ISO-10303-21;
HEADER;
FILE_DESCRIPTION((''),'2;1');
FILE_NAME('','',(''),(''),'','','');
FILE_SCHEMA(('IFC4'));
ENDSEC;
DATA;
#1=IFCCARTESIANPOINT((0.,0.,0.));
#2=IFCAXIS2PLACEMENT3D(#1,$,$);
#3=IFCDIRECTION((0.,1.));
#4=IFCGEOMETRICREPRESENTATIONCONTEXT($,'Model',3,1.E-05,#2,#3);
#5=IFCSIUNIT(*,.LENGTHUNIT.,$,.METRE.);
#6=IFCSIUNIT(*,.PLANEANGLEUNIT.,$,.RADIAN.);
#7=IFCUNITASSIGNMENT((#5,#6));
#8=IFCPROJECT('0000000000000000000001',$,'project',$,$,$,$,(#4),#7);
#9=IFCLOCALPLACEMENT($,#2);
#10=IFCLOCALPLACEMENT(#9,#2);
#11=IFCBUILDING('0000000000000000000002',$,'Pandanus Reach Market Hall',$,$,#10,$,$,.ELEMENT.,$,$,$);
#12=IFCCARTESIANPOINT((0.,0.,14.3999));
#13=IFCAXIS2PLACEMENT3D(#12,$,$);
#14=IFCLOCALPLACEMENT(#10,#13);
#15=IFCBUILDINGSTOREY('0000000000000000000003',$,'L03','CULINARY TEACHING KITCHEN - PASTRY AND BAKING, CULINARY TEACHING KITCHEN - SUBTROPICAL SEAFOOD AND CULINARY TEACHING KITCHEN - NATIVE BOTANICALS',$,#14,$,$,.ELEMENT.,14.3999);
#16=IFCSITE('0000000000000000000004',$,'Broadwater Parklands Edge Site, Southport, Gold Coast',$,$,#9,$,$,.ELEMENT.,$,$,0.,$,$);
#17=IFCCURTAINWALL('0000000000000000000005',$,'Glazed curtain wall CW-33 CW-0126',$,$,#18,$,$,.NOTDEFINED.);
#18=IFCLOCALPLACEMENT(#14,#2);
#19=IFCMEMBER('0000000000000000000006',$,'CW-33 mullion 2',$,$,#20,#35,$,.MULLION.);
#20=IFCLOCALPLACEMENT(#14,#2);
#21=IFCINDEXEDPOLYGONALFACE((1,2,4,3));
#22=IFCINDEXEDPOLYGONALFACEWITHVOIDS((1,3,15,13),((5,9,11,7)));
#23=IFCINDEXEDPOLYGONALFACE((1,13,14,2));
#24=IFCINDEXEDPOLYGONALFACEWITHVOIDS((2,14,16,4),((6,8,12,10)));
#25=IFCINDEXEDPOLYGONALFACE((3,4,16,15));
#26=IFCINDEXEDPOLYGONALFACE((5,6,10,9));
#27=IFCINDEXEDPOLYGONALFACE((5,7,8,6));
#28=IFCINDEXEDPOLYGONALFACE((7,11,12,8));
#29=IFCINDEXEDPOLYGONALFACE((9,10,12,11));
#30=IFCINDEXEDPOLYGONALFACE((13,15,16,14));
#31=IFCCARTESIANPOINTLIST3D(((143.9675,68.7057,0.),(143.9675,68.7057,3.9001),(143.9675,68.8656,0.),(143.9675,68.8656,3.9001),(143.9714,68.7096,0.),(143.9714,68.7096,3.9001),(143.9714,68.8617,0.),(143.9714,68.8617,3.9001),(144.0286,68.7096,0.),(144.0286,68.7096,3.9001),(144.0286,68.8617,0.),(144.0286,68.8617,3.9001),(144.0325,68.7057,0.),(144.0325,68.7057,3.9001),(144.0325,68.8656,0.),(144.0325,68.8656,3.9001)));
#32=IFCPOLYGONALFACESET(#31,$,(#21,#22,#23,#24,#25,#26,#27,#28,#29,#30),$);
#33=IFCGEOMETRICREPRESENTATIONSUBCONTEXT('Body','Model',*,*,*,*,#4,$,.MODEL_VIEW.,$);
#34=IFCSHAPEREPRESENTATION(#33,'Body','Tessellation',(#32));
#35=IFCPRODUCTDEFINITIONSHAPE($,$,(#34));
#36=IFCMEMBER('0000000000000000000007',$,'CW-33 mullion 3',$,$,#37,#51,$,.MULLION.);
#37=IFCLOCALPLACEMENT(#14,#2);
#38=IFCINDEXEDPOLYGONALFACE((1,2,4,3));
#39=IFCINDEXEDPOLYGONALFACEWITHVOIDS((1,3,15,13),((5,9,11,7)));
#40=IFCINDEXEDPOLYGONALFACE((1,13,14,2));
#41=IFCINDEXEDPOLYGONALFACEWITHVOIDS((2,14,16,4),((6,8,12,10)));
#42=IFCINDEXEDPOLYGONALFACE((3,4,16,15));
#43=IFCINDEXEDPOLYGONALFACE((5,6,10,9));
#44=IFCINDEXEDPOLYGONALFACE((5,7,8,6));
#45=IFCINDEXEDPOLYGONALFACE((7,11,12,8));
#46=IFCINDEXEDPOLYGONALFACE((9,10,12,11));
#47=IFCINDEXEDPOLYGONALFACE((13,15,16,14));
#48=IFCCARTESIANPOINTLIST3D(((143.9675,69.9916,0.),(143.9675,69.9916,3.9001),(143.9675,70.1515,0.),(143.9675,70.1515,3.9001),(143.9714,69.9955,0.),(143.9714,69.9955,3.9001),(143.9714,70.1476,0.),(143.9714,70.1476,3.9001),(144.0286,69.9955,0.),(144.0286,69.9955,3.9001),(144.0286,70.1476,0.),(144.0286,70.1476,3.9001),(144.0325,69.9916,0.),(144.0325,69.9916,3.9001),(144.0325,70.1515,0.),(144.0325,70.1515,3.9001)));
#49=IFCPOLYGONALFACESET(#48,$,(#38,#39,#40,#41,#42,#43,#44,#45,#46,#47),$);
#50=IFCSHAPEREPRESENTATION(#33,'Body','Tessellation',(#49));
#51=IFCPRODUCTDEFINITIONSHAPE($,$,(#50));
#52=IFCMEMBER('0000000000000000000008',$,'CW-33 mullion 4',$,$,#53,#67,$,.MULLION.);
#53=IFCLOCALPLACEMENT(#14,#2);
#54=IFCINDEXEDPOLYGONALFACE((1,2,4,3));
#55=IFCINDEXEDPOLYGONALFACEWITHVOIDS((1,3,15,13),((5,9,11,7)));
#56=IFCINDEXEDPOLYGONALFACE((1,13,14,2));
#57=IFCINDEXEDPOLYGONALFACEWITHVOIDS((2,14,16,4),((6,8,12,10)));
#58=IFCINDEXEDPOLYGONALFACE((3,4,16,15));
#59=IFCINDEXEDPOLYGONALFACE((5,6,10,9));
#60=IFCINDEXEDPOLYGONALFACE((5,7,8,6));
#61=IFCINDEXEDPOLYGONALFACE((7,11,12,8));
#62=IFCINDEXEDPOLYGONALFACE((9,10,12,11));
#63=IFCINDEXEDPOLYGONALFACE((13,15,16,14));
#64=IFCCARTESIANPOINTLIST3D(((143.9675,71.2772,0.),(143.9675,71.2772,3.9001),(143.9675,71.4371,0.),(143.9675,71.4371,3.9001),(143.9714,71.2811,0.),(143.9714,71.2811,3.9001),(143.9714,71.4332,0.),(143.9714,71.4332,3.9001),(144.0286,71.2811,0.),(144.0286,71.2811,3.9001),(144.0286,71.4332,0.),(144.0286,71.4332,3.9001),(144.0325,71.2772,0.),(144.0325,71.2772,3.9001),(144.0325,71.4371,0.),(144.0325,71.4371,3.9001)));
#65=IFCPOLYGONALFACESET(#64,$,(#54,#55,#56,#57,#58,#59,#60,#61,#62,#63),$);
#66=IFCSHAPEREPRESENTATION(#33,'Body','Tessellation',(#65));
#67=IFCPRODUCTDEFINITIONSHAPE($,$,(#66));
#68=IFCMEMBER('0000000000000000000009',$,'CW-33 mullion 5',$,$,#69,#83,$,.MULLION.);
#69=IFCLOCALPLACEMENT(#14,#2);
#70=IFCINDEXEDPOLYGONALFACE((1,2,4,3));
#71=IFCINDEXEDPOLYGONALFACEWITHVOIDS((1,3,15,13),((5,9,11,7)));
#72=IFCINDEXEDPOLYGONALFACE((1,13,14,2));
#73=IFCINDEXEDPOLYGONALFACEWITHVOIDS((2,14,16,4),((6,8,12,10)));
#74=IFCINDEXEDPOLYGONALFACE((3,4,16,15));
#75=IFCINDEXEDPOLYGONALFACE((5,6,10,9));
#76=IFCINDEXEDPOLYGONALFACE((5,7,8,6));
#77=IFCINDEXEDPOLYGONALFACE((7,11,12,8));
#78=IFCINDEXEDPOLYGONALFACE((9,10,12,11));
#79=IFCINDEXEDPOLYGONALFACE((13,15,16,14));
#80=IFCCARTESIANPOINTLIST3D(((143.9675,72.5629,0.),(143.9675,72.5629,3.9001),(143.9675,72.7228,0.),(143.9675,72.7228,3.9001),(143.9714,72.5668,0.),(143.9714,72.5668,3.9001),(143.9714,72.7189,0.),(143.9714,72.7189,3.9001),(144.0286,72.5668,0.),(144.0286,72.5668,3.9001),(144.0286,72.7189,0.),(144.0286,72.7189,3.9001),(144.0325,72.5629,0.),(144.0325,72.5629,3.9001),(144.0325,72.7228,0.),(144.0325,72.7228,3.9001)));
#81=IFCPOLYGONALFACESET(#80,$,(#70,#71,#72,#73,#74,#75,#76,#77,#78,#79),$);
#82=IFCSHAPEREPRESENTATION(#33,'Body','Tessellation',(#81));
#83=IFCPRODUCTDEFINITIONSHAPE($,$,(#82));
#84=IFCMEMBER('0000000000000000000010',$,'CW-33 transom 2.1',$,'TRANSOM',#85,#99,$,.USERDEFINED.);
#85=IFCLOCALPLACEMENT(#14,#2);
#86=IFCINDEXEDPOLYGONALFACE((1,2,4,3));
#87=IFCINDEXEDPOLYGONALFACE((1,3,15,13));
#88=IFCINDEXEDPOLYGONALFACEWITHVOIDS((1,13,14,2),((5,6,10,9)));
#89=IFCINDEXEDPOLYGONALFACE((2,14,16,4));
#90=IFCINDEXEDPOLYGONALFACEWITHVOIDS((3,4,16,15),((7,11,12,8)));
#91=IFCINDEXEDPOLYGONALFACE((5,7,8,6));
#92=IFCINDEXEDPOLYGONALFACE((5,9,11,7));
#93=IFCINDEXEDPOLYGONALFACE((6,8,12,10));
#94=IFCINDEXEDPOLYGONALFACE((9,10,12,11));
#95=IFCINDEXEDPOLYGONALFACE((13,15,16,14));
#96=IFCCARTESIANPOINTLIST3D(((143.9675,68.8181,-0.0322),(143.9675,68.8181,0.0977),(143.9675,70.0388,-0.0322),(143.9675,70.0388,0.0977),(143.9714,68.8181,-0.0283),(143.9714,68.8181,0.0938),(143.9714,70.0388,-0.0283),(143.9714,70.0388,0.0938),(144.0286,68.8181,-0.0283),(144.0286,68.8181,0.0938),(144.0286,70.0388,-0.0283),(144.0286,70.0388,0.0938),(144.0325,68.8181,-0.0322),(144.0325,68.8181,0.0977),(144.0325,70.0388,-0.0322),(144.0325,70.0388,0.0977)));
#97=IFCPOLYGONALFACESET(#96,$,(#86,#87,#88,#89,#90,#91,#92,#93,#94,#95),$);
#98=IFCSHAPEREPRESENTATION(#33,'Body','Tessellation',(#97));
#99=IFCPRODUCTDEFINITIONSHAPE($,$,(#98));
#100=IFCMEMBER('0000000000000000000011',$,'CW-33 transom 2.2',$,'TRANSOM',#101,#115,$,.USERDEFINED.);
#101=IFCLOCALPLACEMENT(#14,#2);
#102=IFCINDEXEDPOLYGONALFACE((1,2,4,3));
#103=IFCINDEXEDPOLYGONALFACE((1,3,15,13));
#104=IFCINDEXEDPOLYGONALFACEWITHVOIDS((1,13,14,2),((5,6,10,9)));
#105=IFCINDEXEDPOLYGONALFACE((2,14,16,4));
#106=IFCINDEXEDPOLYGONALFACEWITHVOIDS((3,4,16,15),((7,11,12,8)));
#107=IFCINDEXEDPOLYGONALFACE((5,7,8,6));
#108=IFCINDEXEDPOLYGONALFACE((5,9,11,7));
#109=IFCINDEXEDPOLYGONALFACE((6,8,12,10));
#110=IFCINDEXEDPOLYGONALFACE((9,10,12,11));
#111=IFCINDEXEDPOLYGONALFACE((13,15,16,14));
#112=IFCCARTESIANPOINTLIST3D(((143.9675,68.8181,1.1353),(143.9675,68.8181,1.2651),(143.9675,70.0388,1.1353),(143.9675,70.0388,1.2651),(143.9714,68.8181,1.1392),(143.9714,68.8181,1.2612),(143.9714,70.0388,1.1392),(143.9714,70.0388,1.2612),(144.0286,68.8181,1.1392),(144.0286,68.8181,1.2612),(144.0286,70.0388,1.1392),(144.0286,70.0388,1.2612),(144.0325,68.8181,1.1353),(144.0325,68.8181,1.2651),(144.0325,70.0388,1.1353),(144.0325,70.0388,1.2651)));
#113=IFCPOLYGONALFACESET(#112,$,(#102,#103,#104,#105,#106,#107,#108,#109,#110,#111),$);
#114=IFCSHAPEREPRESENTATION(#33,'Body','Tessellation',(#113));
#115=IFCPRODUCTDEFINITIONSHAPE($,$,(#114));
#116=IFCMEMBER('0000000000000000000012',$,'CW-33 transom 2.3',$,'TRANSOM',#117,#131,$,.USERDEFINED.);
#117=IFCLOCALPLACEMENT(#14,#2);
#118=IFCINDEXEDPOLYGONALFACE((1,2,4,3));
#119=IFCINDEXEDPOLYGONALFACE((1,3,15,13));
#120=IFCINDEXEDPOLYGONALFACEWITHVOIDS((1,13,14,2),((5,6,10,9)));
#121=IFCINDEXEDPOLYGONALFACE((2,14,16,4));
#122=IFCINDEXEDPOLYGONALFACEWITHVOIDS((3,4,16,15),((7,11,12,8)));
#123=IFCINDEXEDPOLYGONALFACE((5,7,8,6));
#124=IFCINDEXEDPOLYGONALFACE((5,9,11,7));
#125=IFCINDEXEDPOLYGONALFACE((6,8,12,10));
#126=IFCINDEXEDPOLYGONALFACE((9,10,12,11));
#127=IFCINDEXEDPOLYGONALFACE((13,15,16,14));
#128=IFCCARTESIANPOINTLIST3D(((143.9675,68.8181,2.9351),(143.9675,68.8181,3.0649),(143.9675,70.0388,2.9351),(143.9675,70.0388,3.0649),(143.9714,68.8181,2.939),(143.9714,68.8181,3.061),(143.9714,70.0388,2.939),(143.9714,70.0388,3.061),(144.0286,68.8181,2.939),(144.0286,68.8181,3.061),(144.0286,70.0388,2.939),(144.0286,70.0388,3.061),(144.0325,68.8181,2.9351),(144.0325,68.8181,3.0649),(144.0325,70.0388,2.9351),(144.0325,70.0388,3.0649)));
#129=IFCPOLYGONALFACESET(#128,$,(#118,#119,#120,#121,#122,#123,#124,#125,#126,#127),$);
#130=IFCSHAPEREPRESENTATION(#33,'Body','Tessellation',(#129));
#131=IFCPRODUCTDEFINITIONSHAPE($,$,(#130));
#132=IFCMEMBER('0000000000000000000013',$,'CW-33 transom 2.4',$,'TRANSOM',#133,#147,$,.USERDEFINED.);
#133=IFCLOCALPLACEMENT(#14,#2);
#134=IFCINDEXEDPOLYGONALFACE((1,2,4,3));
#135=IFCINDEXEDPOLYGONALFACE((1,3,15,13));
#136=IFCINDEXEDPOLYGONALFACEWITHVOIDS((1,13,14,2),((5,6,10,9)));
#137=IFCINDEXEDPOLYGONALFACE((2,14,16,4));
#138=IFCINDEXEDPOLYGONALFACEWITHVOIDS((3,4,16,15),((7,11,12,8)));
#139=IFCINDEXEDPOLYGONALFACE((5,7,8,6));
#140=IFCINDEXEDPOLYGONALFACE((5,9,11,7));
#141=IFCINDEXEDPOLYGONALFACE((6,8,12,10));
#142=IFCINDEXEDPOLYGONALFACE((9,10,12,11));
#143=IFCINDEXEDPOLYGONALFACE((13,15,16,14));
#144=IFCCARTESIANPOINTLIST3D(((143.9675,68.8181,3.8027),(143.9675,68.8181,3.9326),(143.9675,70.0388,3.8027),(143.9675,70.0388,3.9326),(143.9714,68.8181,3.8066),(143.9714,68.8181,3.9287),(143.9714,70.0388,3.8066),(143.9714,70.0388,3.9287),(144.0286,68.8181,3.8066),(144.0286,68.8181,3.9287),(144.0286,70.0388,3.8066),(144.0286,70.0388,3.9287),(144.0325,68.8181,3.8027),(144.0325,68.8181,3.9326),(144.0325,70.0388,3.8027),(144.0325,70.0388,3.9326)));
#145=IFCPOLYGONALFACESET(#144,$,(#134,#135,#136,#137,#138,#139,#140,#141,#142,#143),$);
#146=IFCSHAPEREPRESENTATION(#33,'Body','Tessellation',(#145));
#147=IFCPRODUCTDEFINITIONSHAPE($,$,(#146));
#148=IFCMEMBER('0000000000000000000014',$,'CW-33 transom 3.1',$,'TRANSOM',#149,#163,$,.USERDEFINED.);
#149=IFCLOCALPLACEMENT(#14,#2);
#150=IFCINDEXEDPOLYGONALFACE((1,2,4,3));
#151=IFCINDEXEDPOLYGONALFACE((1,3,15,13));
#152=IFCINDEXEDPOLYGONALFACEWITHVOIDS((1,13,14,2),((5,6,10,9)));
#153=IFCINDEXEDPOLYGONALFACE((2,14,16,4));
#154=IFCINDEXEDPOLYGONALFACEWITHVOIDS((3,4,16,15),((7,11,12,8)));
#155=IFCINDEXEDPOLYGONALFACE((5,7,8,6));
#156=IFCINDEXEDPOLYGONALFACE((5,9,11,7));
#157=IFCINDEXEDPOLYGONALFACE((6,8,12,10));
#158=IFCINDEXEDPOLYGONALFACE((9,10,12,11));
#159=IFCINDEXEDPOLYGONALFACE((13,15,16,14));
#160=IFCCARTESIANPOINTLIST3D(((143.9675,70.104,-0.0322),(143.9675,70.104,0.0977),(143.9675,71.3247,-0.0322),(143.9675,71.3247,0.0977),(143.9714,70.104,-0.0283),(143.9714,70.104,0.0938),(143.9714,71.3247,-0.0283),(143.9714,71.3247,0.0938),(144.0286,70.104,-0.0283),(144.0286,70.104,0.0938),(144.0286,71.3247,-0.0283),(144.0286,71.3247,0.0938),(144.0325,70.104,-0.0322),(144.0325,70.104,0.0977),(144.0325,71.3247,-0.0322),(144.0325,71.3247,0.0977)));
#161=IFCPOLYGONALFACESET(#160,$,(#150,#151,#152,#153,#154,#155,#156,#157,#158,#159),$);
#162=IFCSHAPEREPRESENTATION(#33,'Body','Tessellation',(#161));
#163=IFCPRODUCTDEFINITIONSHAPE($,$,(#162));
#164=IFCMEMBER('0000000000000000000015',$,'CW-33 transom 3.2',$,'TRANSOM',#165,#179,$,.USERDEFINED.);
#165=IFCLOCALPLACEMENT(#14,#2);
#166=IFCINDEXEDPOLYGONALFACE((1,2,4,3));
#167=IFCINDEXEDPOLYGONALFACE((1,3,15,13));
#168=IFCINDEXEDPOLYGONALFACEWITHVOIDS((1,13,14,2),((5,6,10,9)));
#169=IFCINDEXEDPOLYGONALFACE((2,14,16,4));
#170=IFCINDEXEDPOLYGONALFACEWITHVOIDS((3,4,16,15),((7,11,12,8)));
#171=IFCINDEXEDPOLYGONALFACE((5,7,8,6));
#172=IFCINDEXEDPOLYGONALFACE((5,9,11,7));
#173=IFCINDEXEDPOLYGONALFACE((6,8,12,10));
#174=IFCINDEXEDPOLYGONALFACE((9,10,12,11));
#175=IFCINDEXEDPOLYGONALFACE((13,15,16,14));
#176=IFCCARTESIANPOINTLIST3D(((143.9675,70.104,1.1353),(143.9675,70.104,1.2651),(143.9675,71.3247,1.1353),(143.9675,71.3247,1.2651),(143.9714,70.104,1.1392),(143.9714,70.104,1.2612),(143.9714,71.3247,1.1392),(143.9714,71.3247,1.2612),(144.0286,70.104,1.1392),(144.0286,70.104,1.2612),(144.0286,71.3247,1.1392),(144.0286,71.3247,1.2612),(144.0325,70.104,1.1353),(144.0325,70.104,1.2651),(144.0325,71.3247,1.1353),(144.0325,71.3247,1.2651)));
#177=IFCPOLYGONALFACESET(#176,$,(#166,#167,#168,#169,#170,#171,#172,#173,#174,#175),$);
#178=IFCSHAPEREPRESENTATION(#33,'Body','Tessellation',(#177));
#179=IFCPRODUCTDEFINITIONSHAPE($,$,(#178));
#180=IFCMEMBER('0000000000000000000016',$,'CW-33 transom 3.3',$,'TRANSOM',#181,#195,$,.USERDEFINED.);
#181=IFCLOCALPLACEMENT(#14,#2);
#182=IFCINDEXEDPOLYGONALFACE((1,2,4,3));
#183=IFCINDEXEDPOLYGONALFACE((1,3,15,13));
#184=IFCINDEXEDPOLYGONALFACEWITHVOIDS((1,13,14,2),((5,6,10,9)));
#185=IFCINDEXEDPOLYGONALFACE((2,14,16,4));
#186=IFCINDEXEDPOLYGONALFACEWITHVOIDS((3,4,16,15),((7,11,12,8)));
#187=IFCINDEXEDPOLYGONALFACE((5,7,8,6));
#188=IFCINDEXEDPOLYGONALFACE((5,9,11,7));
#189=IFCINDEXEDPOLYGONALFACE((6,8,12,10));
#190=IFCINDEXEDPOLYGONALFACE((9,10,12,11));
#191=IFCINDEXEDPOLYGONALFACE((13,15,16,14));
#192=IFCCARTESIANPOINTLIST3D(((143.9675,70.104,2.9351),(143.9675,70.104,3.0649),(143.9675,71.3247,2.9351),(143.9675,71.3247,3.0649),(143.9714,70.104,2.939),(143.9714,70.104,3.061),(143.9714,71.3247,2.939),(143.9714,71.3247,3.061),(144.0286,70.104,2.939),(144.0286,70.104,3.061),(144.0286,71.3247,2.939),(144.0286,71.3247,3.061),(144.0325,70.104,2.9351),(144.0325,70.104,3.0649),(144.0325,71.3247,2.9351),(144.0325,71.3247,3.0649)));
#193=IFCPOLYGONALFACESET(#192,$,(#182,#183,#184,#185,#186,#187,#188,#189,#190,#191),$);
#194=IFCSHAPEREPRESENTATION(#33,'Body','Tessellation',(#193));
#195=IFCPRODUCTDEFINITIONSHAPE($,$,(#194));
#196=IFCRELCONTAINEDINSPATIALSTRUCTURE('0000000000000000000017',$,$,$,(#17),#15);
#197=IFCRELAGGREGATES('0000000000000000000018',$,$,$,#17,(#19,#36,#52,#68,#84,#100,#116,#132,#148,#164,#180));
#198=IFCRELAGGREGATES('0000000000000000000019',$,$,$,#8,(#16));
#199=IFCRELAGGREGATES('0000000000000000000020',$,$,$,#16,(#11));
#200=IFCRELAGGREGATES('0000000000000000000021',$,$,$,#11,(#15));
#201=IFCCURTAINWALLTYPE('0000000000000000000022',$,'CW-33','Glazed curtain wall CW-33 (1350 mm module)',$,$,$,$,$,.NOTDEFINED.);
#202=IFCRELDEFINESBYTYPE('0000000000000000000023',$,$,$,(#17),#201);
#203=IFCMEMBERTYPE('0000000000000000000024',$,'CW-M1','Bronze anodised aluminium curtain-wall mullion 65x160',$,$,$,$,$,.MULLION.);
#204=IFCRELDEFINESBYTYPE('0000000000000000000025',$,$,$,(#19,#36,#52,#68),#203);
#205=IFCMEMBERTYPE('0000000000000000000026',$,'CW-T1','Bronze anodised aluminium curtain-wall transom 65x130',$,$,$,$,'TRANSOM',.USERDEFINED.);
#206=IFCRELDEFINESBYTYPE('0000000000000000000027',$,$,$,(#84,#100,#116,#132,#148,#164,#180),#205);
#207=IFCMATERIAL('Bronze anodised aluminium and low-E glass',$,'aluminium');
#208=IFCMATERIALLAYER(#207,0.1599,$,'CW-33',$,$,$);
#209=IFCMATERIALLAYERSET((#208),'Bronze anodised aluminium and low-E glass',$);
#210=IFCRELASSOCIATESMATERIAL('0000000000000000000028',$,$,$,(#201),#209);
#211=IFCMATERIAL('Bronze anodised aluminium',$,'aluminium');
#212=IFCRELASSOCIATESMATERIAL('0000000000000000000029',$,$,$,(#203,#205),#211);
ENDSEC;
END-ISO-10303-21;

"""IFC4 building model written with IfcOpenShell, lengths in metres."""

from ifc_helpers import new_model, si_unit, direction, frame, origin, origin_2d, place, context, subcontext, project, spatial, hollow_rectangle, extrude, material, layer, layer_set, material_profile, profile_set, type_object, element, aggregate, save


model = new_model("IFC4")

# Units and contexts
model_context = context("Model", 3, precision=1e-05, world=origin(), true_north=direction((0.0, 1.0)))
body_context = subcontext(model_context, "Body", "Model", "MODEL_VIEW")
ifc_project = project(units=[si_unit("LENGTHUNIT", "METRE"), si_unit("PLANEANGLEUNIT", "RADIAN")], contexts=[model_context])

# Site, building, storey
site_placement = place(None, origin())
site = spatial("IfcSite", under=ifc_project, at=site_placement, Name="Broadwater Parklands Edge Site, Southport, Gold Coast", CompositionType="ELEMENT", RefElevation=0.0)
building_placement = place(site_placement, origin())
building = spatial("IfcBuilding", under=site, at=building_placement, Name="Pandanus Reach Market Hall", CompositionType="ELEMENT")
storey_placement = place(building_placement, frame((0.0, 0.0, 14.3999)))
storey = spatial("IfcBuildingStorey", under=building, at=storey_placement, Name="L03", Description="CULINARY TEACHING KITCHEN - PASTRY AND BAKING, CULINARY TEACHING KITCHEN - SUBTROPICAL SEAFOOD AND CULINARY TEACHING KITCHEN - NATIVE BOTANICALS", CompositionType="ELEMENT", Elevation=14.3999)

# Curtain wall, members
ifc_material_1 = material(Name="Bronze anodised aluminium and low-E glass", Category="aluminium")
ifc_layer_1 = layer(ifc_material_1, 0.1599, Name="CW-33")
ifc_layer_set_1 = layer_set([ifc_layer_1], Name="Bronze anodised aluminium and low-E glass")
curtain_wall_type = type_object("IfcCurtainWallType", Name="CW-33", Description="Glazed curtain wall CW-33 (1350 mm module)", PredefinedType="NOTDEFINED", material=ifc_layer_set_1)
curtain_wall_placement = place(storey_placement, origin())
curtain_wall = element("IfcCurtainWall", 1, at=curtain_wall_placement, inside=storey, type_object=curtain_wall_type, Name="Glazed curtain wall CW-33 CW-0126", PredefinedType="NOTDEFINED")
ifc_material_2 = material(Name="Bronze anodised aluminium", Category="aluminium")
ifc_material_profile_1 = material_profile(ifc_material_2, hollow_rectangle(XDim=0.0649, YDim=0.1599, WallThickness=0.0039, at=origin_2d()), Name="ALU65x160", Category="LoadBearing")
ifc_profile_set_1 = profile_set([ifc_material_profile_1], Name="Bronze anodised aluminium")
member_type_1 = type_object("IfcMemberType", Name="CW-M1", Description="Bronze anodised aluminium curtain-wall mullion 65x160", PredefinedType="MULLION", material=ifc_profile_set_1)
member_1_placement = place(storey_placement, frame((144.0, 68.7856, 0.0), z_axis=(0.0, 0.0, 1.0), x_axis=(-1.0, 0.0, 0.0)))
member_1 = element("IfcMember", 2, at=member_1_placement, type_object=member_type_1, Name="CW-33 mullion 2", PredefinedType="MULLION", context=body_context, shape_type="SweptSolid", body=[
    extrude(hollow_rectangle(XDim=0.0649, YDim=0.1599, WallThickness=0.0039, at=origin_2d()), origin(), (0.0, 0.0, 1.0), 3.9001),
])
member_2_placement = place(storey_placement, frame((144.0, 70.0715, 0.0), z_axis=(0.0, 0.0, 1.0), x_axis=(-1.0, 0.0, 0.0)))
member_2 = element("IfcMember", 3, at=member_2_placement, type_object=member_type_1, Name="CW-33 mullion 3", PredefinedType="MULLION", context=body_context, shape_type="SweptSolid", body=[
    extrude(hollow_rectangle(XDim=0.0649, YDim=0.1599, WallThickness=0.0039, at=origin_2d()), origin(), (0.0, 0.0, 1.0), 3.9001),
])
member_3_placement = place(storey_placement, frame((144.0, 71.3572, 0.0), z_axis=(0.0, 0.0, 1.0), x_axis=(-1.0, 0.0, 0.0)))
member_3 = element("IfcMember", 4, at=member_3_placement, type_object=member_type_1, Name="CW-33 mullion 4", PredefinedType="MULLION", context=body_context, shape_type="SweptSolid", body=[
    extrude(hollow_rectangle(XDim=0.0649, YDim=0.1599, WallThickness=0.0039, at=origin_2d()), origin(), (0.0, 0.0, 1.0), 3.9001),
])
member_4_placement = place(storey_placement, frame((144.0, 72.6428, 0.0), z_axis=(0.0, 0.0, 1.0), x_axis=(-1.0, 0.0, 0.0)))
member_4 = element("IfcMember", 5, at=member_4_placement, type_object=member_type_1, Name="CW-33 mullion 5", PredefinedType="MULLION", context=body_context, shape_type="SweptSolid", body=[
    extrude(hollow_rectangle(XDim=0.0649, YDim=0.1599, WallThickness=0.0039, at=origin_2d()), origin(), (0.0, 0.0, 1.0), 3.9001),
])
ifc_material_profile_2 = material_profile(ifc_material_2, hollow_rectangle(XDim=0.0649, YDim=0.1299, WallThickness=0.0039, at=origin_2d()), Name="ALU65x130", Category="LoadBearing")
ifc_profile_set_2 = profile_set([ifc_material_profile_2], Name="Bronze anodised aluminium")
member_type_2 = type_object("IfcMemberType", Name="CW-T1", Description="Bronze anodised aluminium curtain-wall transom 65x130", ElementType="TRANSOM", PredefinedType="USERDEFINED", material=ifc_profile_set_2)
member_5_placement = place(storey_placement, frame((144.0, 68.8181, 0.0327), z_axis=(0.0, 1.0, 0.0), x_axis=(-1.0, 0.0, 0.0)))
member_5 = element("IfcMember", 6, at=member_5_placement, type_object=member_type_2, Name="CW-33 transom 2.1", ObjectType="TRANSOM", PredefinedType="USERDEFINED", context=body_context, shape_type="SweptSolid", body=[
    extrude(hollow_rectangle(XDim=0.0649, YDim=0.1299, WallThickness=0.0039, at=origin_2d()), origin(), (0.0, 0.0, 1.0), 1.2207),
])
member_6_placement = place(storey_placement, frame((144.0, 68.8181, 1.2002), z_axis=(0.0, 1.0, 0.0), x_axis=(-1.0, 0.0, 0.0)))
member_6 = element("IfcMember", 7, at=member_6_placement, type_object=member_type_2, Name="CW-33 transom 2.2", ObjectType="TRANSOM", PredefinedType="USERDEFINED", context=body_context, shape_type="SweptSolid", body=[
    extrude(hollow_rectangle(XDim=0.0649, YDim=0.1299, WallThickness=0.0039, at=origin_2d()), origin(), (0.0, 0.0, 1.0), 1.2207),
])
member_7_placement = place(storey_placement, frame((144.0, 68.8181, 3.0), z_axis=(0.0, 1.0, 0.0), x_axis=(-1.0, 0.0, 0.0)))
member_7 = element("IfcMember", 8, at=member_7_placement, type_object=member_type_2, Name="CW-33 transom 2.3", ObjectType="TRANSOM", PredefinedType="USERDEFINED", context=body_context, shape_type="SweptSolid", body=[
    extrude(hollow_rectangle(XDim=0.0649, YDim=0.1299, WallThickness=0.0039, at=origin_2d()), origin(), (0.0, 0.0, 1.0), 1.2207),
])
member_8_placement = place(storey_placement, frame((144.0, 68.8181, 3.8677), z_axis=(0.0, 1.0, 0.0), x_axis=(-1.0, 0.0, 0.0)))
member_8 = element("IfcMember", 9, at=member_8_placement, type_object=member_type_2, Name="CW-33 transom 2.4", ObjectType="TRANSOM", PredefinedType="USERDEFINED", context=body_context, shape_type="SweptSolid", body=[
    extrude(hollow_rectangle(XDim=0.0649, YDim=0.1299, WallThickness=0.0039, at=origin_2d()), origin(), (0.0, 0.0, 1.0), 1.2207),
])
member_9_placement = place(storey_placement, frame((144.0, 70.104, 0.0327), z_axis=(0.0, 1.0, 0.0), x_axis=(-1.0, 0.0, 0.0)))
member_9 = element("IfcMember", 10, at=member_9_placement, type_object=member_type_2, Name="CW-33 transom 3.1", ObjectType="TRANSOM", PredefinedType="USERDEFINED", context=body_context, shape_type="SweptSolid", body=[
    extrude(hollow_rectangle(XDim=0.0649, YDim=0.1299, WallThickness=0.0039, at=origin_2d()), origin(), (0.0, 0.0, 1.0), 1.2207),
])
member_10_placement = place(storey_placement, frame((144.0, 70.104, 1.2002), z_axis=(0.0, 1.0, 0.0), x_axis=(-1.0, 0.0, 0.0)))
member_10 = element("IfcMember", 11, at=member_10_placement, type_object=member_type_2, Name="CW-33 transom 3.2", ObjectType="TRANSOM", PredefinedType="USERDEFINED", context=body_context, shape_type="SweptSolid", body=[
    extrude(hollow_rectangle(XDim=0.0649, YDim=0.1299, WallThickness=0.0039, at=origin_2d()), origin(), (0.0, 0.0, 1.0), 1.2207),
])
member_11_placement = place(storey_placement, frame((144.0, 70.104, 3.0), z_axis=(0.0, 1.0, 0.0), x_axis=(-1.0, 0.0, 0.0)))
member_11 = element("IfcMember", 12, at=member_11_placement, type_object=member_type_2, Name="CW-33 transom 3.3", ObjectType="TRANSOM", PredefinedType="USERDEFINED", context=body_context, shape_type="SweptSolid", body=[
    extrude(hollow_rectangle(XDim=0.0649, YDim=0.1299, WallThickness=0.0039, at=origin_2d()), origin(), (0.0, 0.0, 1.0), 1.2207),
])
aggregate(curtain_wall, [member_1, member_2, member_3, member_4, member_5, member_6, member_7, member_8, member_9, member_10, member_11])

save(model, "model.ifc")
